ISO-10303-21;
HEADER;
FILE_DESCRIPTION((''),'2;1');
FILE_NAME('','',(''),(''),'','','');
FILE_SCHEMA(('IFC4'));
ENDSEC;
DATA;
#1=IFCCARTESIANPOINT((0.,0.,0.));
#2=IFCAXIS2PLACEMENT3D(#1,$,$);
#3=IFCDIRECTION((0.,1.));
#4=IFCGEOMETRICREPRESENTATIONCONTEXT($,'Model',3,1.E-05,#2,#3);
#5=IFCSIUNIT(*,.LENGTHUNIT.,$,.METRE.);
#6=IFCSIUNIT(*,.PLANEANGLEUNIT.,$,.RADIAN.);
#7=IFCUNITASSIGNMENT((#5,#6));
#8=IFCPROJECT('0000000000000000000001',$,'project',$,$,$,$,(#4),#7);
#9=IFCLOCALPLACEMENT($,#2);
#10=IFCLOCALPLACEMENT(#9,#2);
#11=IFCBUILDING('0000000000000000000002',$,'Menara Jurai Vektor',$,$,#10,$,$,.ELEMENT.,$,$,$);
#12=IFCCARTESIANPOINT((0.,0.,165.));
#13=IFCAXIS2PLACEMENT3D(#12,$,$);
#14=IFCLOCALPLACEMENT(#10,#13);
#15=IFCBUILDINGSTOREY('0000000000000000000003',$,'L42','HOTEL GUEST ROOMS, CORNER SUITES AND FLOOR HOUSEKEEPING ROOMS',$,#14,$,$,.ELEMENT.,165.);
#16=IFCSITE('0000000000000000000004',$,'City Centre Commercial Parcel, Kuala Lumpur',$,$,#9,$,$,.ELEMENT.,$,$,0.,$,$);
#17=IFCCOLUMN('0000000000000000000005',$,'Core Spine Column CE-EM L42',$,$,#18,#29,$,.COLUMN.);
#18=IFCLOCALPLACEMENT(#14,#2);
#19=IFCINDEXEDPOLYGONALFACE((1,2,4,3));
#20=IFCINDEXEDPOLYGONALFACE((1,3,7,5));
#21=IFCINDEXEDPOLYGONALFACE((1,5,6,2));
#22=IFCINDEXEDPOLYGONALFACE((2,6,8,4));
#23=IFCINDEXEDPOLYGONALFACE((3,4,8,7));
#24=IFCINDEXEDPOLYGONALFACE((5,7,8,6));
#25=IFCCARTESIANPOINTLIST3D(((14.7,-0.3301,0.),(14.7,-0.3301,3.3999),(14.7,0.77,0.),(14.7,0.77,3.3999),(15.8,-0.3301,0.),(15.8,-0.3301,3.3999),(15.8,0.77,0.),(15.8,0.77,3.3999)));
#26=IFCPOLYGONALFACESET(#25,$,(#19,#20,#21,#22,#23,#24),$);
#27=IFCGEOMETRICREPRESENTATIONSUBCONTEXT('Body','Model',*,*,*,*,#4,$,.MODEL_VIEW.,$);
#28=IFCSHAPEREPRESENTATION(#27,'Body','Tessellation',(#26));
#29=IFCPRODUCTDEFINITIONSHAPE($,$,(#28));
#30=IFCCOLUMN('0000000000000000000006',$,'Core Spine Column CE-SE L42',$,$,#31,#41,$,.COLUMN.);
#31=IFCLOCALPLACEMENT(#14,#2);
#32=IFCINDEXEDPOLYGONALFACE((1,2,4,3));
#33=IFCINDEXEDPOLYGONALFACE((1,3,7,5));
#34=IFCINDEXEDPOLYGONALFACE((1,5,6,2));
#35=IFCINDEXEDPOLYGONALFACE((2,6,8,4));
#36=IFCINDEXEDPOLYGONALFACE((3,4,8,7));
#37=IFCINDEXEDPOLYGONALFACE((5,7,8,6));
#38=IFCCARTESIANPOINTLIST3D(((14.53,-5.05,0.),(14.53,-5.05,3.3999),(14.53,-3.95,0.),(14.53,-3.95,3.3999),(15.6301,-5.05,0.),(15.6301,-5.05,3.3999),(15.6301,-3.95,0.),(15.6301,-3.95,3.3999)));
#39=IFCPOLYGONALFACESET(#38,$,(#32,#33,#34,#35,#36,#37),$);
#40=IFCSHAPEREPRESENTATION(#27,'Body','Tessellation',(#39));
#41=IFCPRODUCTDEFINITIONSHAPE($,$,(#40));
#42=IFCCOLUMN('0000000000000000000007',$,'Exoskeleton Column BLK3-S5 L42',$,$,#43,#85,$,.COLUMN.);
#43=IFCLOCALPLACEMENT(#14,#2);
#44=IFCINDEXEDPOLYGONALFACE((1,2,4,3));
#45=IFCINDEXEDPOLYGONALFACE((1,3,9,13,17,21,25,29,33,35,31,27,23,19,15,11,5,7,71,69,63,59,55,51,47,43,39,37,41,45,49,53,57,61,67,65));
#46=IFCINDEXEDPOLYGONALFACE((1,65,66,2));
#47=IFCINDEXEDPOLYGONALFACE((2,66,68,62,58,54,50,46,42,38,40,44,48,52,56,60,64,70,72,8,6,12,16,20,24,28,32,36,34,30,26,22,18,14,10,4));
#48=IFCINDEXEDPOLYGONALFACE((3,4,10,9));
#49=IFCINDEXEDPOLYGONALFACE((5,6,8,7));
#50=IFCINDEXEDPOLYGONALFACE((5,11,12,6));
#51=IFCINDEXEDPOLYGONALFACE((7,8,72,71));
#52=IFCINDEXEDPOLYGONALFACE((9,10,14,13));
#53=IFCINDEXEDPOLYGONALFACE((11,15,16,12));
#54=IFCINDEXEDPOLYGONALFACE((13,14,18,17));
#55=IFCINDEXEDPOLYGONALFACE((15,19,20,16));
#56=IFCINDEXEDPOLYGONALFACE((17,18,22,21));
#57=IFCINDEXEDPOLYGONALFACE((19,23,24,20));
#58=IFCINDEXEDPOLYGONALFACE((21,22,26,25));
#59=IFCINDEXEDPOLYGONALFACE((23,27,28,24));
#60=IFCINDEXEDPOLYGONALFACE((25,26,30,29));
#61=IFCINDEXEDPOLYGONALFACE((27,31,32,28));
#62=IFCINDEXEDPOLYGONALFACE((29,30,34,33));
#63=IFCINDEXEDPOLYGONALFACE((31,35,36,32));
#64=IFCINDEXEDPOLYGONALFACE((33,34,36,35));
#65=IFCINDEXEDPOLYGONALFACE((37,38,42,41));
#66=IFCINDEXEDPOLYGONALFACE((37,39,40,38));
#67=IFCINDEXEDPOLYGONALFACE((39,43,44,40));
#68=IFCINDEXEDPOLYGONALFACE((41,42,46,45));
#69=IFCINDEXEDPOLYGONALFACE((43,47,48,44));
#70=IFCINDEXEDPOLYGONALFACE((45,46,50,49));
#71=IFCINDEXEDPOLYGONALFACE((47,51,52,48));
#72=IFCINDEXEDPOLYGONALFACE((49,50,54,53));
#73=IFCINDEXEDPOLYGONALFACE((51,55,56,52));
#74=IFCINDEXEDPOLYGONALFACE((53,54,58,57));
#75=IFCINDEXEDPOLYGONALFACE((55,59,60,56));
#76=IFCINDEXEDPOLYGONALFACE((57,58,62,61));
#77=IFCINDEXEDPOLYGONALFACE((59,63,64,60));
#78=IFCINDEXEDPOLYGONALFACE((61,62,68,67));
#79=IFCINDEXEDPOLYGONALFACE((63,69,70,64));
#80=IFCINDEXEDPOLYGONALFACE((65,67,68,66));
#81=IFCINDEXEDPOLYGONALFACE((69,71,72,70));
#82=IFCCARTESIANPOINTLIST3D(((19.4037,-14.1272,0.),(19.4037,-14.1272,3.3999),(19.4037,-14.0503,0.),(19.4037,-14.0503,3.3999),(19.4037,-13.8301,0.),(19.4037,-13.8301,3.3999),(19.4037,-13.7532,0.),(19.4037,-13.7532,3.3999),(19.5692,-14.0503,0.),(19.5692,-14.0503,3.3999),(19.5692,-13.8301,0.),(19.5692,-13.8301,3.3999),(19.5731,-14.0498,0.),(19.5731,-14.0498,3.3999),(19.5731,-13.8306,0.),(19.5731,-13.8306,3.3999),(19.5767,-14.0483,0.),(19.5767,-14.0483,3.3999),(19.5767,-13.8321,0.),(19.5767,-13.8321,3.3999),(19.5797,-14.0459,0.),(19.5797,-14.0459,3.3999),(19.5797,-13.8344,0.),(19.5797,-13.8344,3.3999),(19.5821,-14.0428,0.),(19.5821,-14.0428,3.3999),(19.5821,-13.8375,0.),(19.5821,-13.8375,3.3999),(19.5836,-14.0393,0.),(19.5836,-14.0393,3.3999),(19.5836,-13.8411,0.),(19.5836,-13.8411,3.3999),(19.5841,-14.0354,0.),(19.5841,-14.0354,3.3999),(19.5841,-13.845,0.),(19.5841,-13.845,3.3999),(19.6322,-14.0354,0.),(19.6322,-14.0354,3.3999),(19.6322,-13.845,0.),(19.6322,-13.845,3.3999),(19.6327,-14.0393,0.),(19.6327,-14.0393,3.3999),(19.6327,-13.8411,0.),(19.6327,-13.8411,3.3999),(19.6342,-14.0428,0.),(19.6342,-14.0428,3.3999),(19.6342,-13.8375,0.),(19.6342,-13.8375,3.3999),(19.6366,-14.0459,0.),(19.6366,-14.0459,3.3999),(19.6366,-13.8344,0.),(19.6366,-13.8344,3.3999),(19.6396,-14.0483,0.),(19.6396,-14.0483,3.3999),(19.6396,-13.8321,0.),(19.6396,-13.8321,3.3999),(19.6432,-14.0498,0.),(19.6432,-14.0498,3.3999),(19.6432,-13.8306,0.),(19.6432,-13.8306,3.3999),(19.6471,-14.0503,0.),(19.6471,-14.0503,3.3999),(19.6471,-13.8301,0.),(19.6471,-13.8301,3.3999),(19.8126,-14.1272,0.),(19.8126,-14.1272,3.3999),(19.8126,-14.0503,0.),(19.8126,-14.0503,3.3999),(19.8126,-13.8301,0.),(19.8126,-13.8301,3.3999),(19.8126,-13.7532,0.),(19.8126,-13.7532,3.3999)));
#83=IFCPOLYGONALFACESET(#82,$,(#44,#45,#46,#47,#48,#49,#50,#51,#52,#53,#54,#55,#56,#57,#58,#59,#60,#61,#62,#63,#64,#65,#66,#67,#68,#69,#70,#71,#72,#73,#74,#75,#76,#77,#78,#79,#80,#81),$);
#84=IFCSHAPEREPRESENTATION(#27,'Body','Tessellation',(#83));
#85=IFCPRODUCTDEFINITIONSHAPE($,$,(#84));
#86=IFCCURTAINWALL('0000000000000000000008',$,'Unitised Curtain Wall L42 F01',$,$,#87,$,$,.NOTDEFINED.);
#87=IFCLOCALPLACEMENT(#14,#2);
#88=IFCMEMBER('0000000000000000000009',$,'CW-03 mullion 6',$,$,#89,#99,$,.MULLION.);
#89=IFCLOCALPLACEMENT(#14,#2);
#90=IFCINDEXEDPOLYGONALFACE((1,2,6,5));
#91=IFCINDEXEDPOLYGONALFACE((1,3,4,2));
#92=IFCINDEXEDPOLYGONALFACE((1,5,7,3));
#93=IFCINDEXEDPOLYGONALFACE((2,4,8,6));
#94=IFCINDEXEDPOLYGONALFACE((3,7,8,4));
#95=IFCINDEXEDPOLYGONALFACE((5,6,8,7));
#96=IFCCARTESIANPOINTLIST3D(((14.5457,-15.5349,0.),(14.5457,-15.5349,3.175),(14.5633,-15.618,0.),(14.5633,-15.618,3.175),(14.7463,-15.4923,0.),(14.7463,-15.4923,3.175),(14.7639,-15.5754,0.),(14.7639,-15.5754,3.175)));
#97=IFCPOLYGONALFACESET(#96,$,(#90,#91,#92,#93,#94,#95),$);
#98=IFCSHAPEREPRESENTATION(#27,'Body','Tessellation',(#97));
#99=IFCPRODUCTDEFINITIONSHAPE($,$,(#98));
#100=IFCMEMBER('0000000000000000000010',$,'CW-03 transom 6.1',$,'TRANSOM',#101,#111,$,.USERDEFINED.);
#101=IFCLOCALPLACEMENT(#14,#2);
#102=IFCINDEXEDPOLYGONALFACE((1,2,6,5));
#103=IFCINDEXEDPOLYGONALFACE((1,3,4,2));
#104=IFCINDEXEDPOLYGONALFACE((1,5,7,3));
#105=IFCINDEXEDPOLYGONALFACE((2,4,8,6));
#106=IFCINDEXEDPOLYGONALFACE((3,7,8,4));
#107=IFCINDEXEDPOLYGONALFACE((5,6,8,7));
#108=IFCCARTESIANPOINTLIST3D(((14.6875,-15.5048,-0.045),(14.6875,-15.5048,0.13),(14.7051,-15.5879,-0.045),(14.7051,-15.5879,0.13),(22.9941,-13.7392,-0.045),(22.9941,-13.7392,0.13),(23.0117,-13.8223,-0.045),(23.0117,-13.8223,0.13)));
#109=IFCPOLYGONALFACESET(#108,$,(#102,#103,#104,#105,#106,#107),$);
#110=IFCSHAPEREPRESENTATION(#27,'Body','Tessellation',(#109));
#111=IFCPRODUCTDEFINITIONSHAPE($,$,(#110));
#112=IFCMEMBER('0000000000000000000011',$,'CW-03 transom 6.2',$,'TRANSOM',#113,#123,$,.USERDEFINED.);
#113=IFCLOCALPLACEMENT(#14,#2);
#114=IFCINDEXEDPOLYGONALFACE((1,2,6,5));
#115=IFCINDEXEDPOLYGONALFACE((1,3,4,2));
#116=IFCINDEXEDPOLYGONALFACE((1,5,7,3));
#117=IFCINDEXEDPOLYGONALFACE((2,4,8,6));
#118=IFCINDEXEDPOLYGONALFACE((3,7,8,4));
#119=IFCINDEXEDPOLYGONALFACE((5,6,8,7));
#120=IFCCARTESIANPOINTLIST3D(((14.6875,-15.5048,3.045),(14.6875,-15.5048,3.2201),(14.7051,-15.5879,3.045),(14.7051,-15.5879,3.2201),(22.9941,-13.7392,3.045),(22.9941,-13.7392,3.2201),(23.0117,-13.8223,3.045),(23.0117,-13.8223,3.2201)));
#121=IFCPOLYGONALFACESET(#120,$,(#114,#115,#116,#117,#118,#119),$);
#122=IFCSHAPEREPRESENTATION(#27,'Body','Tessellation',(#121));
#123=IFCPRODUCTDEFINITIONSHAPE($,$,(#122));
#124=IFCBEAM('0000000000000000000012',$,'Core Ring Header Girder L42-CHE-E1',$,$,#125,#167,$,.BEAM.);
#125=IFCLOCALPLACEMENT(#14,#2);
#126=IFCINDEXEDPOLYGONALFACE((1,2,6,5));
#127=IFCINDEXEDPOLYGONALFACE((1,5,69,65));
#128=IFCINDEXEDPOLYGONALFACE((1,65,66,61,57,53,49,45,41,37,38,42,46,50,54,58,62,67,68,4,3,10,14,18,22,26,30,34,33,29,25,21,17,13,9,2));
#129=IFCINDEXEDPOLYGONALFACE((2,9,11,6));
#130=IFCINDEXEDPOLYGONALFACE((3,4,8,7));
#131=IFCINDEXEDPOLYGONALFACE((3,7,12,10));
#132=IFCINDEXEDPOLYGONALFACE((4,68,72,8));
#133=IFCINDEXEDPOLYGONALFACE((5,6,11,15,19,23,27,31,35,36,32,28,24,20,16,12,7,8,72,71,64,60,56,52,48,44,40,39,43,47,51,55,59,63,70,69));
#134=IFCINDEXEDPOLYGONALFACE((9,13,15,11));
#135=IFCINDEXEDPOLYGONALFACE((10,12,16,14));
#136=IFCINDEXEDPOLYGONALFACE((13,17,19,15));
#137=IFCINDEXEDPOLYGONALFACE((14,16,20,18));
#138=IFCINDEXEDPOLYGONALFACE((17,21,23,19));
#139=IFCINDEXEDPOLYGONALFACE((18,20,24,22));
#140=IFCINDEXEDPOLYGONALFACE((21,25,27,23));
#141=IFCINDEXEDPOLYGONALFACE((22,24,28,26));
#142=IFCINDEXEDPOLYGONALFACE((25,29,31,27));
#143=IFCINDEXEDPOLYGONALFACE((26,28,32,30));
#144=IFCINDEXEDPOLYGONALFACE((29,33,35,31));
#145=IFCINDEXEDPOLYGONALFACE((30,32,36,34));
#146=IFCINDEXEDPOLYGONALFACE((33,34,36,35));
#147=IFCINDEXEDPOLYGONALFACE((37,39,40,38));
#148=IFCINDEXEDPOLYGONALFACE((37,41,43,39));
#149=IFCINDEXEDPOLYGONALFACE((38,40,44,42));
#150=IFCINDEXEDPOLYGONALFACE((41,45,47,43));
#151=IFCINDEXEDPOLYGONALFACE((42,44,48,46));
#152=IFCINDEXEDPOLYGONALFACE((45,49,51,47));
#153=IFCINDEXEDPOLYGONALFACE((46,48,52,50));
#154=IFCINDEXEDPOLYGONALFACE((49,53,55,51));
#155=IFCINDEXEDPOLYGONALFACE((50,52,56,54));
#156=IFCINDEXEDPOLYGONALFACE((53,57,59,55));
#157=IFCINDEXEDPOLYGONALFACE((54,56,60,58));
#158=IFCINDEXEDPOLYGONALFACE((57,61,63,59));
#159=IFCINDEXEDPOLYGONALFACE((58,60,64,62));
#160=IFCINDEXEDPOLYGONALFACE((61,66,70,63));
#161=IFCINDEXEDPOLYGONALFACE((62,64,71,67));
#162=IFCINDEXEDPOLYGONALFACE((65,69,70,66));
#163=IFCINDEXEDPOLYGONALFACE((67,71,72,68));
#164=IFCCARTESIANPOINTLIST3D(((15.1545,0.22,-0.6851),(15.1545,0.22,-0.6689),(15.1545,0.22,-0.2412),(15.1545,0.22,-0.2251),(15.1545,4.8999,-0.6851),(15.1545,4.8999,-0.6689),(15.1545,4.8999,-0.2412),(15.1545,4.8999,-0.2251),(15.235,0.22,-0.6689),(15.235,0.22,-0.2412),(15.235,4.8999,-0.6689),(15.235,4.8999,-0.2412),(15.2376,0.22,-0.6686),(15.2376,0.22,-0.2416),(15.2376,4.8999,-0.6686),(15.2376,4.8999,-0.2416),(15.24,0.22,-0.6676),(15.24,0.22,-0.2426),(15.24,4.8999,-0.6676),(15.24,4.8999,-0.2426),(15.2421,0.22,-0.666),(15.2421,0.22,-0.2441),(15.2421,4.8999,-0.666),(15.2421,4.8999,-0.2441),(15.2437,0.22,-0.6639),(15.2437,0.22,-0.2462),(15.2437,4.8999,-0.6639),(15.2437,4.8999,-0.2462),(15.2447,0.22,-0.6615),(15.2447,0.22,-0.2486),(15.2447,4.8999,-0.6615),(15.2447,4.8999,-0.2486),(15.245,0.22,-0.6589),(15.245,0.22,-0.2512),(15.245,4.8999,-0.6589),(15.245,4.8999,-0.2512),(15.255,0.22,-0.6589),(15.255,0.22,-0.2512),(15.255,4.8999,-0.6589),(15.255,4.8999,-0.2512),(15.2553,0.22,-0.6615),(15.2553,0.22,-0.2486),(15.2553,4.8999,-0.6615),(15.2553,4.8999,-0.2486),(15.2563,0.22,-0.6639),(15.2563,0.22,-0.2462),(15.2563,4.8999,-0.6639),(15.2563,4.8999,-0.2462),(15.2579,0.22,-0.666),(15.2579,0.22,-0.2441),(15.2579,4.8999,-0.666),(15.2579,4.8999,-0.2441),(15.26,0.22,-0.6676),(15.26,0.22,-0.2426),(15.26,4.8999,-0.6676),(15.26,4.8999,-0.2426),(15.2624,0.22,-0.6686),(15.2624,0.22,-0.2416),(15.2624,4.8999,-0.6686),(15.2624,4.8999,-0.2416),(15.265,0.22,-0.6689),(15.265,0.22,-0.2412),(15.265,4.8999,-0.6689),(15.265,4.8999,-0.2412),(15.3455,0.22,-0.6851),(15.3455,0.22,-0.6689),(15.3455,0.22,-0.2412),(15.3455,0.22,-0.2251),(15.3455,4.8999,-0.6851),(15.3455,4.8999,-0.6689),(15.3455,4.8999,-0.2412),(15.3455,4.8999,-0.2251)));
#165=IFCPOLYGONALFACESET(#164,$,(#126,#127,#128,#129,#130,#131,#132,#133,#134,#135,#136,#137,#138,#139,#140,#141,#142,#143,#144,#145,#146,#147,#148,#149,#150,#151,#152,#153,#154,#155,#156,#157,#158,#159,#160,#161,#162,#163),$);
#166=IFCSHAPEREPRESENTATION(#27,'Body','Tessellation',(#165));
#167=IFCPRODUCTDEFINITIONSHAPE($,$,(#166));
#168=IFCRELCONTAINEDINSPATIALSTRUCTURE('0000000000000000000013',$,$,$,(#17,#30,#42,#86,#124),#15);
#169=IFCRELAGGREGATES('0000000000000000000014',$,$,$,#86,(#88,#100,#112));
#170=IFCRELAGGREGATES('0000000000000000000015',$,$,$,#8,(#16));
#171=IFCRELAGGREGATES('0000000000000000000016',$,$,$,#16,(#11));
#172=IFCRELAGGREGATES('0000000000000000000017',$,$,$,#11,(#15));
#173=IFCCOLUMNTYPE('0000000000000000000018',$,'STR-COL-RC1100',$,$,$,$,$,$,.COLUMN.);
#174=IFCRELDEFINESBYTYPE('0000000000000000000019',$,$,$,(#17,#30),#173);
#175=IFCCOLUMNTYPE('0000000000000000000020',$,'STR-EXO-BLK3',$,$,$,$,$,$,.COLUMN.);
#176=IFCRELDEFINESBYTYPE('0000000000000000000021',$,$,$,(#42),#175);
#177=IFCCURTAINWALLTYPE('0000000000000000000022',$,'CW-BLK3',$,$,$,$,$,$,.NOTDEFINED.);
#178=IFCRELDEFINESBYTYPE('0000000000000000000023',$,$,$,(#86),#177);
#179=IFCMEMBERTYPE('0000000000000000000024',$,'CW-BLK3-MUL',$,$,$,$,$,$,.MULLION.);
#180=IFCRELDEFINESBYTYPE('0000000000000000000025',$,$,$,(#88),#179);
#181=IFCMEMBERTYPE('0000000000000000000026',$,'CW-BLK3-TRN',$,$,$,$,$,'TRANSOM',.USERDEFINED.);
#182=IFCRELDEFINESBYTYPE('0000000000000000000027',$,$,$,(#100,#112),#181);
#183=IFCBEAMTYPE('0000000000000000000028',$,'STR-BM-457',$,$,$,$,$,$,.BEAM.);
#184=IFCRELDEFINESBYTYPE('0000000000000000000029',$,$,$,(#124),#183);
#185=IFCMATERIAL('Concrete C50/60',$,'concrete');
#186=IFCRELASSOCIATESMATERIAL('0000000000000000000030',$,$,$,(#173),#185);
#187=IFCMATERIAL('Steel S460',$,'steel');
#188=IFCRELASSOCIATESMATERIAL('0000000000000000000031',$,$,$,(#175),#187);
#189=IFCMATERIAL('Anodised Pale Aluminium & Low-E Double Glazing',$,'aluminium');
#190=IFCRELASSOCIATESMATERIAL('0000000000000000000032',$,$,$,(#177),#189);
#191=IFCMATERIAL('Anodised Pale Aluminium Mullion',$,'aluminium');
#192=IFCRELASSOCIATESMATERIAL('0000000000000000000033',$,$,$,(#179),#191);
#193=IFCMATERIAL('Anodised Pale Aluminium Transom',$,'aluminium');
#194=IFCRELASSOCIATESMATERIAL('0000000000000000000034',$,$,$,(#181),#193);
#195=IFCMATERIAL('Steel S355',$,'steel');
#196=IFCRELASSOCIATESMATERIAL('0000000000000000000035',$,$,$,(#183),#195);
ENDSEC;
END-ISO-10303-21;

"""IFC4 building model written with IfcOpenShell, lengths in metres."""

from ifc_helpers import new_model, si_unit, direction, frame, origin, origin_2d, place, context, subcontext, project, spatial, rectangle, i_section, extrude, material, material_profile, profile_set, type_object, element, aggregate, save


model = new_model("IFC4")

# Units and contexts
model_context = context("Model", 3, precision=1e-05, world=origin(), true_north=direction((0.0, 1.0)))
body_context = subcontext(model_context, "Body", "Model", "MODEL_VIEW")
ifc_project = project(units=[si_unit("LENGTHUNIT", "METRE"), si_unit("PLANEANGLEUNIT", "RADIAN")], contexts=[model_context])

# Site, building, storey
site_placement = place(None, origin())
site = spatial("IfcSite", under=ifc_project, at=site_placement, Name="City Centre Commercial Parcel, Kuala Lumpur", CompositionType="ELEMENT", RefElevation=0.0)
building_placement = place(site_placement, origin())
building = spatial("IfcBuilding", under=site, at=building_placement, Name="Menara Jurai Vektor", CompositionType="ELEMENT")
storey_placement = place(building_placement, frame((0.0, 0.0, 165.0)))
storey = spatial("IfcBuildingStorey", under=building, at=storey_placement, Name="L42", Description="HOTEL GUEST ROOMS, CORNER SUITES AND FLOOR HOUSEKEEPING ROOMS", CompositionType="ELEMENT", Elevation=165.0)

# Columns
ifc_material_1 = material(Name="Concrete C50/60", Category="concrete")
ifc_material_profile_1 = material_profile(ifc_material_1, rectangle(XDim=1.1001, YDim=1.1001, at=origin_2d()), Name="RC 1100x1100")
ifc_profile_set_1 = profile_set([ifc_material_profile_1], Name="Concrete C50/60")
column_type_1 = type_object("IfcColumnType", Name="STR-COL-RC1100", PredefinedType="COLUMN", material=ifc_profile_set_1)
for number, where, z_axis, x_axis, name in (
    (1, (15.25, 0.22, 0.0), (0.0, 0.0, 1.0), (1.0, 0.0, 0.0), "Core Spine Column CE-EM L42"),
    (2, (15.0801, -4.5, 0.0), (0.0, 0.0, 1.0), (1.0, 0.0, 0.0), "Core Spine Column CE-SE L42"),
):
    element("IfcColumn", number, at=place(storey_placement, frame(where, z_axis=z_axis, x_axis=x_axis)), inside=storey, type_object=column_type_1, Name=name, PredefinedType="COLUMN", context=body_context, shape_type="SweptSolid", body=[
        extrude(rectangle(XDim=1.1001, YDim=1.1001, at=origin_2d()), origin(), (0.0, 0.0, 1.0), 3.3999),
    ])
ifc_material_2 = material(Name="Steel S460", Category="steel")
ifc_material_profile_2 = material_profile(ifc_material_2, i_section(OverallWidth=0.4089, OverallDepth=0.374, WebThickness=0.0481, FlangeThickness=0.0769, FilletRadius=0.0149, at=origin_2d()), Name="HD 400x634")
ifc_profile_set_2 = profile_set([ifc_material_profile_2], Name="Steel S460")
column_type_2 = type_object("IfcColumnType", Name="STR-EXO-BLK3", PredefinedType="COLUMN", material=ifc_profile_set_2)
column_placement = place(storey_placement, frame((19.6082, -13.9402, 0.0), z_axis=(0.0, 0.0, 1.0), x_axis=(1.0, 0.0, 0.0)))
element("IfcColumn", 3, at=column_placement, inside=storey, type_object=column_type_2, Name="Exoskeleton Column BLK3-S5 L42", PredefinedType="COLUMN", context=body_context, shape_type="SweptSolid", body=[
    extrude(i_section(OverallWidth=0.4089, OverallDepth=0.374, WebThickness=0.0481, FlangeThickness=0.0769, FilletRadius=0.0149, at=origin_2d()), origin(), (0.0, 0.0, 1.0), 3.3999),
])

# Curtain wall, members
ifc_material_3 = material(Name="Anodised Pale Aluminium & Low-E Double Glazing", Category="aluminium")
curtain_wall_type = type_object("IfcCurtainWallType", Name="CW-BLK3", PredefinedType="NOTDEFINED", material=ifc_material_3)
curtain_wall_placement = place(storey_placement, origin())
curtain_wall = element("IfcCurtainWall", 4, at=curtain_wall_placement, inside=storey, type_object=curtain_wall_type, Name="Unitised Curtain Wall L42 F01", PredefinedType="NOTDEFINED")
ifc_material_4 = material(Name="Anodised Pale Aluminium Mullion", Category="aluminium")
ifc_material_profile_3 = material_profile(ifc_material_4, rectangle(XDim=0.085, YDim=0.2051, at=origin_2d()), Name="ALU MUL 85x205")
ifc_profile_set_3 = profile_set([ifc_material_profile_3], Name="Anodised Pale Aluminium Mullion")
member_type_1 = type_object("IfcMemberType", Name="CW-BLK3-MUL", PredefinedType="MULLION", material=ifc_profile_set_3)
member_1_placement = place(storey_placement, frame((14.6548, -15.5552, 0.0), z_axis=(0.0, 0.0, 1.0), x_axis=(-0.207911, 0.978148, 0.0)))
member_1 = element("IfcMember", 5, at=member_1_placement, type_object=member_type_1, Name="CW-03 mullion 6", PredefinedType="MULLION", context=body_context, shape_type="SweptSolid", body=[
    extrude(rectangle(XDim=0.085, YDim=0.2051, at=origin_2d()), origin(), (0.0, 0.0, 1.0), 3.175),
])
ifc_material_5 = material(Name="Anodised Pale Aluminium Transom", Category="aluminium")
ifc_material_profile_4 = material_profile(ifc_material_5, rectangle(XDim=0.085, YDim=0.175, at=origin_2d()), Name="ALU TRN 85x175")
ifc_profile_set_4 = profile_set([ifc_material_profile_4], Name="Anodised Pale Aluminium Transom")
member_type_2 = type_object("IfcMemberType", Name="CW-BLK3-TRN", ElementType="TRANSOM", PredefinedType="USERDEFINED", material=ifc_profile_set_4)
member_2_placement = place(storey_placement, frame((14.6963, -15.5464, 0.0425), z_axis=(0.978148, 0.207911, 0.0), x_axis=(-0.207911, 0.978148, 0.0)))
member_2 = element("IfcMember", 6, at=member_2_placement, type_object=member_type_2, Name="CW-03 transom 6.1", ObjectType="TRANSOM", PredefinedType="USERDEFINED", context=body_context, shape_type="SweptSolid", body=[
    extrude(rectangle(XDim=0.085, YDim=0.175, at=origin_2d()), origin(), (0.0, 0.0, 1.0), 8.4922),
])
member_3_placement = place(storey_placement, frame((14.6963, -15.5464, 3.1326), z_axis=(0.978148, 0.207911, 0.0), x_axis=(-0.207911, 0.978148, 0.0)))
member_3 = element("IfcMember", 7, at=member_3_placement, type_object=member_type_2, Name="CW-03 transom 6.2", ObjectType="TRANSOM", PredefinedType="USERDEFINED", context=body_context, shape_type="SweptSolid", body=[
    extrude(rectangle(XDim=0.085, YDim=0.175, at=origin_2d()), origin(), (0.0, 0.0, 1.0), 8.4922),
])

# Beam
ifc_material_6 = material(Name="Steel S355", Category="steel")
ifc_material_profile_5 = material_profile(ifc_material_6, i_section(OverallWidth=0.1909, OverallDepth=0.46, WebThickness=0.01, FlangeThickness=0.0161, FilletRadius=0.01, at=origin_2d()), Name="UKB 457x191x82")
ifc_profile_set_5 = profile_set([ifc_material_profile_5], Name="Steel S355")
beam_type_1 = type_object("IfcBeamType", Name="STR-BM-457", PredefinedType="BEAM", material=ifc_profile_set_5)
beam_1_placement = place(storey_placement, frame((15.25, 0.22, -0.4551), z_axis=(0.0, 1.0, 0.0), x_axis=(-1.0, 0.0, 0.0)))
element("IfcBeam", 8, at=beam_1_placement, inside=storey, type_object=beam_type_1, Name="Core Ring Header Girder L42-CHE-E1", PredefinedType="BEAM", context=body_context, shape_type="SweptSolid", body=[
    extrude(i_section(OverallWidth=0.1909, OverallDepth=0.46, WebThickness=0.01, FlangeThickness=0.0161, FilletRadius=0.01, at=origin_2d()), origin(), (0.0, 0.0, 1.0), 4.6799),
])

aggregate(curtain_wall, [member_1, member_2, member_3])

save(model, "model.ifc")
